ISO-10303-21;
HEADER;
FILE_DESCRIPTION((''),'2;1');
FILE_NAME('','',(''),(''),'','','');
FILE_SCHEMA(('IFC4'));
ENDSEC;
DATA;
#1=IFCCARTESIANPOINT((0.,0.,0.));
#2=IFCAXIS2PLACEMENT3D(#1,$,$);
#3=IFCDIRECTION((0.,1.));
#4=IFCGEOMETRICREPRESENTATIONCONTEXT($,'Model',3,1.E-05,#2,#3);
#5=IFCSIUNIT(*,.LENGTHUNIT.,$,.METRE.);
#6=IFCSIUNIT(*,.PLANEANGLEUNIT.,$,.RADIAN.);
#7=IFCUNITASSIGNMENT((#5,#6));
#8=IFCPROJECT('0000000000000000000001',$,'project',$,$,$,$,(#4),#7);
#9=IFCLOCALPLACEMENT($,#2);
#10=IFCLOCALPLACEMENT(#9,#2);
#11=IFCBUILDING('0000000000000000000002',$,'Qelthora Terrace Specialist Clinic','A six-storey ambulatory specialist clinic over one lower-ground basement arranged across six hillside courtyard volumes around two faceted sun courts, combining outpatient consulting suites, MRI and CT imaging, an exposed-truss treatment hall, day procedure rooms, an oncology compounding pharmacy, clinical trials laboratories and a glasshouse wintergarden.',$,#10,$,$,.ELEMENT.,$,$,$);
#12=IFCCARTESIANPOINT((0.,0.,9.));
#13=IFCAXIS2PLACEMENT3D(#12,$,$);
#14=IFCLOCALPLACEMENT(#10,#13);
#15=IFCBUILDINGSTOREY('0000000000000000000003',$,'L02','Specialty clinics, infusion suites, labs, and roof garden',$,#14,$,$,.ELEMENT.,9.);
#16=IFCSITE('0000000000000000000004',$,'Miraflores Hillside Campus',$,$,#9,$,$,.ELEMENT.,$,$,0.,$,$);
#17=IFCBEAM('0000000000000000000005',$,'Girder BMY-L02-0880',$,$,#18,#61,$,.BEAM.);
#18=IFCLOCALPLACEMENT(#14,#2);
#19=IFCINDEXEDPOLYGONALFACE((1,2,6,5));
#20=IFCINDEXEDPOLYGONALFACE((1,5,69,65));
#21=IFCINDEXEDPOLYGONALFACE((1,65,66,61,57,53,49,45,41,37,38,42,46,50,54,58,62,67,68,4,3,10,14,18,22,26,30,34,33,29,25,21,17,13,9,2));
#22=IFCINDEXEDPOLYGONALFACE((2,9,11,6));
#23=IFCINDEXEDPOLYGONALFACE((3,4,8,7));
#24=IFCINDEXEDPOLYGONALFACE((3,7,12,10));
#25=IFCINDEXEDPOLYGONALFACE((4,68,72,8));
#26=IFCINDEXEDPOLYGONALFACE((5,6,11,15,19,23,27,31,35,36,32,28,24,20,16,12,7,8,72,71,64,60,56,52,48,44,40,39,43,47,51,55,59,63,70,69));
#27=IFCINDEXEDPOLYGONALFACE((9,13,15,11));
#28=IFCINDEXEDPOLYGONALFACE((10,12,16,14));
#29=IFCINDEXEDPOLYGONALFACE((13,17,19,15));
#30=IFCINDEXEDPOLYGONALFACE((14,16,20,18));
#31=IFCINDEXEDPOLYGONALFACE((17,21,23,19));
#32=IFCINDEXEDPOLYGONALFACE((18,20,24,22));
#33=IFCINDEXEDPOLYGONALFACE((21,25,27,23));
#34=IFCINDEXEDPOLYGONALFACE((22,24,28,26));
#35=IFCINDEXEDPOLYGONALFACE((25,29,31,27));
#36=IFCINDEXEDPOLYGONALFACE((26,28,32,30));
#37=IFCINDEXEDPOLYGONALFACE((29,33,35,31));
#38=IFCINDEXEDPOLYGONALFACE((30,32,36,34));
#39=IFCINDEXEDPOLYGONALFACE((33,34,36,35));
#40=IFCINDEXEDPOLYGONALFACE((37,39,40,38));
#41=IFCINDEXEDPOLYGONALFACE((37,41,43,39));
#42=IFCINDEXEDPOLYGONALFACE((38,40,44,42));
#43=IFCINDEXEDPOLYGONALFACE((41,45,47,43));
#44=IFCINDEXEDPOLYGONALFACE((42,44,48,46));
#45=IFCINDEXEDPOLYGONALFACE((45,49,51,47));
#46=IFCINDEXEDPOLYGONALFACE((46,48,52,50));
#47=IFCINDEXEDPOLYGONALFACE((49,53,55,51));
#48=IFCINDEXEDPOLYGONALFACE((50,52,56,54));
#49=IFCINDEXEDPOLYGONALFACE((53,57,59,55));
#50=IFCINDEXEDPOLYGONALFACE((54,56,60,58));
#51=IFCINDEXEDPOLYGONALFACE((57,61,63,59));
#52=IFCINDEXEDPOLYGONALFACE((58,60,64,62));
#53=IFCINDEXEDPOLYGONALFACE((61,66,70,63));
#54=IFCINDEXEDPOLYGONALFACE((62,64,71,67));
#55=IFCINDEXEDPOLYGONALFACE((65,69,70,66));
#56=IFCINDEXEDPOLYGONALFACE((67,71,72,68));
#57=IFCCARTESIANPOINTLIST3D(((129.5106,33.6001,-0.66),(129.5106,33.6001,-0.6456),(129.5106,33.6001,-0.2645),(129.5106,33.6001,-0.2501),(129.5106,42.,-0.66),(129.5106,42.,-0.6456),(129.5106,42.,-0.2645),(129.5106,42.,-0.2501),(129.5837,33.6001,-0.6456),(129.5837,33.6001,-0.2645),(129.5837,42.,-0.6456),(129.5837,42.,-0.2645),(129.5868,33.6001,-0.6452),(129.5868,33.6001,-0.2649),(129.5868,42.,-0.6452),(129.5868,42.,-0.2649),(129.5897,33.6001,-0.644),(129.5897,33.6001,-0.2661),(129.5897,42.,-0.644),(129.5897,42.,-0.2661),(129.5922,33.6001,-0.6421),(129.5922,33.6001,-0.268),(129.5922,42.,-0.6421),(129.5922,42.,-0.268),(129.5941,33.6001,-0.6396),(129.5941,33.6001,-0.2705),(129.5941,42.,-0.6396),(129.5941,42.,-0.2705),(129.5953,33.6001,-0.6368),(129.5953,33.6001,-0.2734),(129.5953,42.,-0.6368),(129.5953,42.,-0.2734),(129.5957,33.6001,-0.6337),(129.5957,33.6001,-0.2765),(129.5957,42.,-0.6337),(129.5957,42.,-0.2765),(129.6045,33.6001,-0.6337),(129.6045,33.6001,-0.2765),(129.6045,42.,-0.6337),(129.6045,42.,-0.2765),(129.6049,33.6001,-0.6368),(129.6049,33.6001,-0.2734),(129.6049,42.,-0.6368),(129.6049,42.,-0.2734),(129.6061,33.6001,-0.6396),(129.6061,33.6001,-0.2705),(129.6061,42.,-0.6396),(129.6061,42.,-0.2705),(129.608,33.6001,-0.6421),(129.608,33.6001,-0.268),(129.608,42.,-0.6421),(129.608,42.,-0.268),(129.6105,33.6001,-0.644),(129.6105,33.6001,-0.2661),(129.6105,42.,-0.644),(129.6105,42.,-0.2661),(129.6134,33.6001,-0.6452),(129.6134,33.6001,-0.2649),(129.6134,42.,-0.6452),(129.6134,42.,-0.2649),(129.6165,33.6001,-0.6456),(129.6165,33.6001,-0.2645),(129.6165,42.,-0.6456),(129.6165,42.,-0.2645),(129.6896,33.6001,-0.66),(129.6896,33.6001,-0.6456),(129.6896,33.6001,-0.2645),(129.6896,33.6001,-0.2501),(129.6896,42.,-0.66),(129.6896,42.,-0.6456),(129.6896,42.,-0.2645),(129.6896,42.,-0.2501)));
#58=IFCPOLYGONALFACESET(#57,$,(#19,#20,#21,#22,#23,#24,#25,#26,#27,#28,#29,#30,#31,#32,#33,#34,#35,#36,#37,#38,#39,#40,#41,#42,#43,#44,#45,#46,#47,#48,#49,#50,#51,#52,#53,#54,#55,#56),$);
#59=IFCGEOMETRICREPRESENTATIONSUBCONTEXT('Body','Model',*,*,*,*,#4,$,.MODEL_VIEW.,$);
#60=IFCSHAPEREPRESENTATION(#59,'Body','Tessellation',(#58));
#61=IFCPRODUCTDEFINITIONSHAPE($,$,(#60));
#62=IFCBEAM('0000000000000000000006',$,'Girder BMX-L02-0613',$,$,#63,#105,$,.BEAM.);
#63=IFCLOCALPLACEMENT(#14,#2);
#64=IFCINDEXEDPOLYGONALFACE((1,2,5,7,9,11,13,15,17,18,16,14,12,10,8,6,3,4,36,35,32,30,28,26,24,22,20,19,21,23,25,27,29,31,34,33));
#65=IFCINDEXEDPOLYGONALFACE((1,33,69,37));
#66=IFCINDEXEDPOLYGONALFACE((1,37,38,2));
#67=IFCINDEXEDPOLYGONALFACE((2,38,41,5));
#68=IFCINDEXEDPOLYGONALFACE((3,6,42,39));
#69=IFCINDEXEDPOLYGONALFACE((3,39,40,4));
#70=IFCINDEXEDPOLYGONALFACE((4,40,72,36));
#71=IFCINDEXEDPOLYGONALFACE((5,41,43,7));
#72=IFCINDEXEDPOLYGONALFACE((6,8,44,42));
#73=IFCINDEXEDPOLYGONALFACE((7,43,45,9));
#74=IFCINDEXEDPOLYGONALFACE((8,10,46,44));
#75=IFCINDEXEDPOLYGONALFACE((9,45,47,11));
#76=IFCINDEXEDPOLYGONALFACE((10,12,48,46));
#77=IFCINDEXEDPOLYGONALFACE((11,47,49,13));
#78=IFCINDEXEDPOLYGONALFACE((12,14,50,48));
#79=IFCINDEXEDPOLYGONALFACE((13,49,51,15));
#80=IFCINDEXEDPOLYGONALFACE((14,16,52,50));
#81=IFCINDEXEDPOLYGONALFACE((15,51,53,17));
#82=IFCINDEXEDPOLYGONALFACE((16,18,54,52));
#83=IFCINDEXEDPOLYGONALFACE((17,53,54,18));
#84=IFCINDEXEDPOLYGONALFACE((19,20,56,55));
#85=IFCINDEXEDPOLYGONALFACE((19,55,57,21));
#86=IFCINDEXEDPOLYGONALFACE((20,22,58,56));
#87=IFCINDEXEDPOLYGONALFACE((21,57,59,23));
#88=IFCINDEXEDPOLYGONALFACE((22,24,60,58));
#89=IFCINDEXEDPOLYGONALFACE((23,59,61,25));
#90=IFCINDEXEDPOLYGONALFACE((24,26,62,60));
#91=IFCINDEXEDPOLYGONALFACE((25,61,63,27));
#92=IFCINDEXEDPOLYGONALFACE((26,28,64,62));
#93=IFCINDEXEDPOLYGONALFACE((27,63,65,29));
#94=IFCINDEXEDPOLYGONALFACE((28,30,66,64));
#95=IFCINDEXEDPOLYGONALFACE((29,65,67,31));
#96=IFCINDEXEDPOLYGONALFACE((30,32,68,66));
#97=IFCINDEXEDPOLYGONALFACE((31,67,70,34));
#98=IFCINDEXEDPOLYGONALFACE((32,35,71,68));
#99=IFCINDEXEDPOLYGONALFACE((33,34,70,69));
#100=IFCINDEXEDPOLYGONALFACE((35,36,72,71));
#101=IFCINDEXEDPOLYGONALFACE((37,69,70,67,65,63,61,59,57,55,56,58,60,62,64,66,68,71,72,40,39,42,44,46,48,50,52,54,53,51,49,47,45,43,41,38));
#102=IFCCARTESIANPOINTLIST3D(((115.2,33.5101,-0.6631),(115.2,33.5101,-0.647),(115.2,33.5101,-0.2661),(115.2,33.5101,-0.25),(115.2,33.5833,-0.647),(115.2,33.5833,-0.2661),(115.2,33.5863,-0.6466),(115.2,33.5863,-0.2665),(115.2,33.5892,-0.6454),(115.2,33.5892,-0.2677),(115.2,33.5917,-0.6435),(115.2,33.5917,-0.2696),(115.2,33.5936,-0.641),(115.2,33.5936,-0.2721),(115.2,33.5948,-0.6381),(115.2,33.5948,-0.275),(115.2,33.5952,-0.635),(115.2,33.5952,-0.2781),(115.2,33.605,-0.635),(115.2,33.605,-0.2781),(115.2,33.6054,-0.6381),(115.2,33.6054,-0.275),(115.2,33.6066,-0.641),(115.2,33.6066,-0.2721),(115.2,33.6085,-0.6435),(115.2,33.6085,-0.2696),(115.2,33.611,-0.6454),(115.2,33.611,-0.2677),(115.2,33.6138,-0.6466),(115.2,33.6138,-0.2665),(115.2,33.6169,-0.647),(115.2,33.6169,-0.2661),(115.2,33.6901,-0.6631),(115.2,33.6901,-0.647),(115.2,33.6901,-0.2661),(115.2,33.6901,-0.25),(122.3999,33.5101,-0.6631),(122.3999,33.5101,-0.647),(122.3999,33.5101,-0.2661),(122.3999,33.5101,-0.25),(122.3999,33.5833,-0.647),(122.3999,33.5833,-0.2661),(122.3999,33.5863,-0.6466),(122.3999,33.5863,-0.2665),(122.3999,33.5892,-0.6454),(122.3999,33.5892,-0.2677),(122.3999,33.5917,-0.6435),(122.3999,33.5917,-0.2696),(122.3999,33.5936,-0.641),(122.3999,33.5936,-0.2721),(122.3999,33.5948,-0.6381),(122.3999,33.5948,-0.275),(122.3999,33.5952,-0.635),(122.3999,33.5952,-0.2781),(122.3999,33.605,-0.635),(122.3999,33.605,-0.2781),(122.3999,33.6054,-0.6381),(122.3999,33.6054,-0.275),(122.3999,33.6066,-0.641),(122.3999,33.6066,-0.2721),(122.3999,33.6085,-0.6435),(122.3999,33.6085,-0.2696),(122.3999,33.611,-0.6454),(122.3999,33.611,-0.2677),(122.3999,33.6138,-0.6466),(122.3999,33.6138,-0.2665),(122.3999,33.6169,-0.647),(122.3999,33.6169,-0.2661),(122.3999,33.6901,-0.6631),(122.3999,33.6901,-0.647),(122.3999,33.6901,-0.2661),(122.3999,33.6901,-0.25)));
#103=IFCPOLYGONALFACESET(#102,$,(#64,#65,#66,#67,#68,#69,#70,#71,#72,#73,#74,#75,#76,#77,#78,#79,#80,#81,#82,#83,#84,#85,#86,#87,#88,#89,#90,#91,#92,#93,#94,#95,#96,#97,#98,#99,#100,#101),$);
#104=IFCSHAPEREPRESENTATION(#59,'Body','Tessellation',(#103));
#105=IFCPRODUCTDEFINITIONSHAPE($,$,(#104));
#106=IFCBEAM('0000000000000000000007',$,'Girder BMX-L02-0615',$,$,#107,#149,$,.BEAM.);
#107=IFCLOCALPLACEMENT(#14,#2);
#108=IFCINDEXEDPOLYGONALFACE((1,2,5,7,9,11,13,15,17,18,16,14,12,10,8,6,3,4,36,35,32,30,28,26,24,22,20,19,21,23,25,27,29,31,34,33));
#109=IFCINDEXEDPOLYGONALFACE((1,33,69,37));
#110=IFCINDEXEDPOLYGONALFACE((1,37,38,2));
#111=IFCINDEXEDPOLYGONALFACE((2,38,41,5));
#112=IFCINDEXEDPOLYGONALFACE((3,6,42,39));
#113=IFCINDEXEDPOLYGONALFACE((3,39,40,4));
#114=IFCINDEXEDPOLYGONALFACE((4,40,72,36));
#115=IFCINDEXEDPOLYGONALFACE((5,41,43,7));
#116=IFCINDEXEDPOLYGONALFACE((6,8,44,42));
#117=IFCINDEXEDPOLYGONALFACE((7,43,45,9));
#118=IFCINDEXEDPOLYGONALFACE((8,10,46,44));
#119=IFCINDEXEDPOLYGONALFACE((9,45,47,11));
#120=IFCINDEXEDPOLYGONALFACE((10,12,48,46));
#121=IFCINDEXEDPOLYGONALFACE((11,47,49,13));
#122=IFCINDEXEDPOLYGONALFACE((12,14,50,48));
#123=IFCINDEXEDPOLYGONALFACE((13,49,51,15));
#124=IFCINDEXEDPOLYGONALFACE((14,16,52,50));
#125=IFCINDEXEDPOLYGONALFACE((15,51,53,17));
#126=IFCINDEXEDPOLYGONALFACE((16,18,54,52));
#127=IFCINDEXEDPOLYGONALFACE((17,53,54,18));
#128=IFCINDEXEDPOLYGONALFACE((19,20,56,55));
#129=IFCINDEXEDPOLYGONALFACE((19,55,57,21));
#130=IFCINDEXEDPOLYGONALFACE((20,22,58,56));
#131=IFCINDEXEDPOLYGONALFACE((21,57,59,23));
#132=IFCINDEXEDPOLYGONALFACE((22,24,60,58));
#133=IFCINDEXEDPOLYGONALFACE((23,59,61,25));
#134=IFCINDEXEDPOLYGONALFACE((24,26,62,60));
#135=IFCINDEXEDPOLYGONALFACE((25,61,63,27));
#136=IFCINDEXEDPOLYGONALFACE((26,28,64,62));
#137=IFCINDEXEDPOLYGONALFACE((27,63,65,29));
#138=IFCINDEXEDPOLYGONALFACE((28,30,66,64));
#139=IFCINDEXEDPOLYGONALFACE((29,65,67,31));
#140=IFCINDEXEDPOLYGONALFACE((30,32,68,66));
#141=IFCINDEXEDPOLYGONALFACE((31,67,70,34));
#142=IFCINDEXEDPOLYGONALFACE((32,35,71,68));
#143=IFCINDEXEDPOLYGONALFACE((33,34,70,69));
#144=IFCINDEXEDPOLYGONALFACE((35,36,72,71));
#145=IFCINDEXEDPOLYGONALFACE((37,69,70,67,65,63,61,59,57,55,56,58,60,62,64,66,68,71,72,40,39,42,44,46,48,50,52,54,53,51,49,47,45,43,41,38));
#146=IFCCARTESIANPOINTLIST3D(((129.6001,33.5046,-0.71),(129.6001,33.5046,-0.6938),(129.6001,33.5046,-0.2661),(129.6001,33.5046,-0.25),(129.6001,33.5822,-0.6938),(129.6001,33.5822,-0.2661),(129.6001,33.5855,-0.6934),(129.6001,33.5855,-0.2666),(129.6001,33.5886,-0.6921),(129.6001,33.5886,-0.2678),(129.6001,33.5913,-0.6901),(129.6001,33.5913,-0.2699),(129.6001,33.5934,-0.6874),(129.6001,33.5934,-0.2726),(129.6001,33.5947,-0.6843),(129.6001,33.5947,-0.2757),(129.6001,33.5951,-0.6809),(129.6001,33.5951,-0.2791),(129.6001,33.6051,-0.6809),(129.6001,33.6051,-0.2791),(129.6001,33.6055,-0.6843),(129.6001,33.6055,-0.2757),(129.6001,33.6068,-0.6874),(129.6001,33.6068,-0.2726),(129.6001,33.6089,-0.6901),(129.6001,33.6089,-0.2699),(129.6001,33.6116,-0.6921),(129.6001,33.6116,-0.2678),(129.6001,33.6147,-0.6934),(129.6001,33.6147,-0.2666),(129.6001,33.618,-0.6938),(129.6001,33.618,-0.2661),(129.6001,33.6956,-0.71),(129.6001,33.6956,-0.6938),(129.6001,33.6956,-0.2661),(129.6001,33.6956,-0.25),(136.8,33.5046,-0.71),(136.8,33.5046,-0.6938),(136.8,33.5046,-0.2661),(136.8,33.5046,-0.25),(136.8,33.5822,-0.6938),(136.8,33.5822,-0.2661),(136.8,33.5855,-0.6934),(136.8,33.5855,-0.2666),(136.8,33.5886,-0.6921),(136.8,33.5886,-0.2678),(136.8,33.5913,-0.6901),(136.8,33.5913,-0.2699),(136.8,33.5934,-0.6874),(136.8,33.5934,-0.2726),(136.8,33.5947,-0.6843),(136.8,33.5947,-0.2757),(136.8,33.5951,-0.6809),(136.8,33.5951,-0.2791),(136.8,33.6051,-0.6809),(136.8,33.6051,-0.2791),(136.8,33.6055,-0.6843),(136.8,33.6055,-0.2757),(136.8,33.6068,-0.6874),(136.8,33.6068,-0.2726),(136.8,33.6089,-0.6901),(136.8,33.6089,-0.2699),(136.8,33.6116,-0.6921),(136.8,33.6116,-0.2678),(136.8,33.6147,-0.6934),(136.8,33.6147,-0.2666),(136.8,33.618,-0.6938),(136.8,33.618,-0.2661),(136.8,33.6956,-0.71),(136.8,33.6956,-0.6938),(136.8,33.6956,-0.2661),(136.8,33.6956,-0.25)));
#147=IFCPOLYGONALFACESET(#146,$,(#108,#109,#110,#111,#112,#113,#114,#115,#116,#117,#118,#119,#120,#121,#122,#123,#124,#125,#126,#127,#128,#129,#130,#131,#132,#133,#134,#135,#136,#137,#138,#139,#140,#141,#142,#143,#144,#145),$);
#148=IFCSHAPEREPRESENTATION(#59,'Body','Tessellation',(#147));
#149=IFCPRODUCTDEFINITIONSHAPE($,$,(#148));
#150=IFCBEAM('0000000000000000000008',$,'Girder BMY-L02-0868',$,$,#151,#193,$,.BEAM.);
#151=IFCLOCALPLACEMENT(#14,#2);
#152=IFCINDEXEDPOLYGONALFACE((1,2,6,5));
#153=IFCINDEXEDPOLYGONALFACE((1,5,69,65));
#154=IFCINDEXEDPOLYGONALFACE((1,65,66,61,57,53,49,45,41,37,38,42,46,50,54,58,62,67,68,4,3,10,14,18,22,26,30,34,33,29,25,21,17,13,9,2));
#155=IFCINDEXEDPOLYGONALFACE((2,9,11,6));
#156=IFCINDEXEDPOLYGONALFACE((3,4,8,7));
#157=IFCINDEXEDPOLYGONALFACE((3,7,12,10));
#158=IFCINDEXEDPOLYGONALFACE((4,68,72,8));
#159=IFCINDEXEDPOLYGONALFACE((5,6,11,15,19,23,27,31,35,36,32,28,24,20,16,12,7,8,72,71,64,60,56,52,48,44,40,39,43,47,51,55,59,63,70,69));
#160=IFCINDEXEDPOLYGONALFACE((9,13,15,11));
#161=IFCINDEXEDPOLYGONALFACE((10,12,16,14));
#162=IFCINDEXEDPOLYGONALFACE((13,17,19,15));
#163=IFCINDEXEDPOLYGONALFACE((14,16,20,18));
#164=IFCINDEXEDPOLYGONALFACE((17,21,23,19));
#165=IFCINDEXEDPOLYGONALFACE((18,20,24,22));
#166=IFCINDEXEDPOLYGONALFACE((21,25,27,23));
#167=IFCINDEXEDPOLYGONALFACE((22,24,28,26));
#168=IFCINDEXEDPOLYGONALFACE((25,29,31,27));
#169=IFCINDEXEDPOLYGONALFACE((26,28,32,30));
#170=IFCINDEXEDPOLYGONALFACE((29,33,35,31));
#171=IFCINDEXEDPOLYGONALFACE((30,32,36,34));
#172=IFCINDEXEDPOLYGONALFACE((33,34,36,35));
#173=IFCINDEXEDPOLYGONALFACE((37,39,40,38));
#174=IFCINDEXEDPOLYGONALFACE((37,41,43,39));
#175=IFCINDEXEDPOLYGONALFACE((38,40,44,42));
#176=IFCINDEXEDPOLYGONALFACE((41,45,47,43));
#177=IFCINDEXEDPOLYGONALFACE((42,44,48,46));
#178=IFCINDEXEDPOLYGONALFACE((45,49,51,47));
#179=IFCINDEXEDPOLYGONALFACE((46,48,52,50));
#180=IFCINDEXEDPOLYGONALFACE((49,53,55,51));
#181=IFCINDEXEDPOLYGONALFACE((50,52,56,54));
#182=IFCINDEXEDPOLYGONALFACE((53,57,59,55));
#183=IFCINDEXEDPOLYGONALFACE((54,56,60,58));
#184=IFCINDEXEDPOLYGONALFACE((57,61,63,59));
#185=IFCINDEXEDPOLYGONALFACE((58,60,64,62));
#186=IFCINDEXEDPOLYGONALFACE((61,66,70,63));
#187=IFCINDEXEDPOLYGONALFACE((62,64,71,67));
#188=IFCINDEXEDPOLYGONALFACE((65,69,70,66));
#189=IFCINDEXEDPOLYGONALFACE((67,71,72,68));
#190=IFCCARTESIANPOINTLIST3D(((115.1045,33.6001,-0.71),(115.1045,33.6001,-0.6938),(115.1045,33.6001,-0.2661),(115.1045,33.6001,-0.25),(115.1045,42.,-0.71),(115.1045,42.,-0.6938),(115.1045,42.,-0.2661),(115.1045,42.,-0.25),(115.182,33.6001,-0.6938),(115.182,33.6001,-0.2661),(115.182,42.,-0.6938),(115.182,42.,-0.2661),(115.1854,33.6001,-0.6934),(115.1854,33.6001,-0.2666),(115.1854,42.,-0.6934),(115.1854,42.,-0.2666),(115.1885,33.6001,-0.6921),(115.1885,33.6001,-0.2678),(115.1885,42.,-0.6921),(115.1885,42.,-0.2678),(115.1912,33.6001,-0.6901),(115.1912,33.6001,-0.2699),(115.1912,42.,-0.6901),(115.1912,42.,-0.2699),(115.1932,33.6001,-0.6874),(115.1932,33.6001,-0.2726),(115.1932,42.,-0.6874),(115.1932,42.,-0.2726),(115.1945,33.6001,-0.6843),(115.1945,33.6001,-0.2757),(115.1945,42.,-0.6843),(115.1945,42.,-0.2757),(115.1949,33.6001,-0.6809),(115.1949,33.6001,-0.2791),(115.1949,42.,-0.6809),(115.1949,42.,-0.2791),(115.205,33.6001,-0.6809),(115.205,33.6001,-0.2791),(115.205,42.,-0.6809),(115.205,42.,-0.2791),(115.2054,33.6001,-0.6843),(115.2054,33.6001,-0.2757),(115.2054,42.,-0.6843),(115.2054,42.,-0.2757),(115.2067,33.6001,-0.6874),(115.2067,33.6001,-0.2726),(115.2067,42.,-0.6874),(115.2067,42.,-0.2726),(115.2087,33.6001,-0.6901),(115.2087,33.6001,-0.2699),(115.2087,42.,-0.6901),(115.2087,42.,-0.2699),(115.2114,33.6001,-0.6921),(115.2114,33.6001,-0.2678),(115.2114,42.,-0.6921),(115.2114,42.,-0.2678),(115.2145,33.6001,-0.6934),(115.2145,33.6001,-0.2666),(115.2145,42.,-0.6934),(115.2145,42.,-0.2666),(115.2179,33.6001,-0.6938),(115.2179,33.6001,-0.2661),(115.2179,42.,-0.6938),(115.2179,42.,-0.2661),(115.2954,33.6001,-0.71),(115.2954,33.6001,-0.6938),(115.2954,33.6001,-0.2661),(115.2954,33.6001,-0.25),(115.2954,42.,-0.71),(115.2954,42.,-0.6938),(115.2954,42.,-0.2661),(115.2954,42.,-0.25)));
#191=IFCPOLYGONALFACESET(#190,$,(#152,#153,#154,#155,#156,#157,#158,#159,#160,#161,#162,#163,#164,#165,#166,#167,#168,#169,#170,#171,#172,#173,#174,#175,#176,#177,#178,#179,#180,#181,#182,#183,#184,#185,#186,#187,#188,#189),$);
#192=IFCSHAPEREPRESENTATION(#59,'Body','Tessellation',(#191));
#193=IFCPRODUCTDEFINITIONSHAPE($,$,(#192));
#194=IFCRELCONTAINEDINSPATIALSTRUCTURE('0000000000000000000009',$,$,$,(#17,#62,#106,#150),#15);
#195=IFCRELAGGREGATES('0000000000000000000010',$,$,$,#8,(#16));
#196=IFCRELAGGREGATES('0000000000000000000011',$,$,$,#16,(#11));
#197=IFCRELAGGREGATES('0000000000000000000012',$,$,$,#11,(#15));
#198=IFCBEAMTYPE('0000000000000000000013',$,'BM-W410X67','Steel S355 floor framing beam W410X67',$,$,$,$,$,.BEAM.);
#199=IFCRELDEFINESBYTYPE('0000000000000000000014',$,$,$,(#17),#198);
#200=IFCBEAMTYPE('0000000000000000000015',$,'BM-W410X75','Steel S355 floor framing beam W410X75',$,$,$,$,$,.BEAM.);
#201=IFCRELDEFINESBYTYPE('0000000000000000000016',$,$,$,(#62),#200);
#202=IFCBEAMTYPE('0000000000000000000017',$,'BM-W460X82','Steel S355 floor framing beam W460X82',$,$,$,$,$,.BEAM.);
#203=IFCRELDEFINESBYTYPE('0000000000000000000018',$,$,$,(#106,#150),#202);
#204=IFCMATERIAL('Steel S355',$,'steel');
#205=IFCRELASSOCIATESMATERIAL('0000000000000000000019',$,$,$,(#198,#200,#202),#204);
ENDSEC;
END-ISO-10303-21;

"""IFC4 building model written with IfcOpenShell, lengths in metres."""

from ifc_helpers import new_model, si_unit, direction, frame, origin, origin_2d, place, context, subcontext, project, spatial, i_section, extrude, material, material_profile, profile_set, type_object, element, save


model = new_model("IFC4")

# Units and contexts
model_context = context("Model", 3, precision=1e-05, world=origin(), true_north=direction((0.0, 1.0)))
body_context = subcontext(model_context, "Body", "Model", "MODEL_VIEW")
ifc_project = project(units=[si_unit("LENGTHUNIT", "METRE"), si_unit("PLANEANGLEUNIT", "RADIAN")], contexts=[model_context])

# Site, building, storey
site_placement = place(None, origin())
site = spatial("IfcSite", under=ifc_project, at=site_placement, Name="Miraflores Hillside Campus", CompositionType="ELEMENT", RefElevation=0.0)
building_placement = place(site_placement, origin())
building = spatial("IfcBuilding", under=site, at=building_placement, Name="Qelthora Terrace Specialist Clinic", Description="A six-storey ambulatory specialist clinic over one lower-ground basement arranged across six hillside courtyard volumes around two faceted sun courts, combining outpatient consulting suites, MRI and CT imaging, an exposed-truss treatment hall, day procedure rooms, an oncology compounding pharmacy, clinical trials laboratories and a glasshouse wintergarden.", CompositionType="ELEMENT")
storey_placement = place(building_placement, frame((0.0, 0.0, 9.0)))
storey = spatial("IfcBuildingStorey", under=building, at=storey_placement, Name="L02", Description="Specialty clinics, infusion suites, labs, and roof garden", CompositionType="ELEMENT", Elevation=9.0)

# Shared definitions
ifc_material_1 = material(Name="Steel S355", Category="steel")

# Beams
ifc_material_profile_1 = material_profile(ifc_material_1, i_section(OverallWidth=0.179, OverallDepth=0.4099, WebThickness=0.0088, FlangeThickness=0.0144, FilletRadius=0.012, at=origin_2d()), Name="W410X67")
ifc_profile_set_1 = profile_set([ifc_material_profile_1], Name="Steel S355")
beam_type_1 = type_object("IfcBeamType", Name="BM-W410X67", Description="Steel S355 floor framing beam W410X67", PredefinedType="BEAM", material=ifc_profile_set_1)
beam_1_placement = place(storey_placement, frame((129.6001, 33.6001, -0.4551), z_axis=(0.0, 1.0, 0.0), x_axis=(-1.0, 0.0, 0.0)))
element("IfcBeam", 1, at=beam_1_placement, inside=storey, type_object=beam_type_1, Name="Girder BMY-L02-0880", PredefinedType="BEAM", context=body_context, shape_type="SweptSolid", body=[
    extrude(i_section(OverallWidth=0.179, OverallDepth=0.4099, WebThickness=0.0088, FlangeThickness=0.0144, FilletRadius=0.012, at=origin_2d()), origin(), (0.0, 0.0, 1.0), 8.3999),
])
ifc_material_profile_2 = material_profile(ifc_material_1, i_section(OverallWidth=0.1799, OverallDepth=0.4131, WebThickness=0.0098, FlangeThickness=0.0161, FilletRadius=0.012, at=origin_2d()), Name="W410X75")
ifc_profile_set_2 = profile_set([ifc_material_profile_2], Name="Steel S355")
beam_type_2 = type_object("IfcBeamType", Name="BM-W410X75", Description="Steel S355 floor framing beam W410X75", PredefinedType="BEAM", material=ifc_profile_set_2)
beam_2_placement = place(storey_placement, frame((115.2, 33.6001, -0.4565), z_axis=(1.0, 0.0, 0.0), x_axis=(0.0, 1.0, 0.0)))
element("IfcBeam", 2, at=beam_2_placement, inside=storey, type_object=beam_type_2, Name="Girder BMX-L02-0613", PredefinedType="BEAM", context=body_context, shape_type="SweptSolid", body=[
    extrude(i_section(OverallWidth=0.1799, OverallDepth=0.4131, WebThickness=0.0098, FlangeThickness=0.0161, FilletRadius=0.012, at=origin_2d()), origin(), (0.0, 0.0, 1.0), 7.2),
])
ifc_material_profile_3 = material_profile(ifc_material_1, i_section(OverallWidth=0.1909, OverallDepth=0.46, WebThickness=0.01, FlangeThickness=0.0161, FilletRadius=0.0129, at=origin_2d()), Name="W460X82")
ifc_profile_set_3 = profile_set([ifc_material_profile_3], Name="Steel S355")
beam_type_3 = type_object("IfcBeamType", Name="BM-W460X82", Description="Steel S355 floor framing beam W460X82", PredefinedType="BEAM", material=ifc_profile_set_3)
beam_3_placement = place(storey_placement, frame((129.6001, 33.6001, -0.48), z_axis=(1.0, 0.0, 0.0), x_axis=(0.0, 1.0, 0.0)))
element("IfcBeam", 3, at=beam_3_placement, inside=storey, type_object=beam_type_3, Name="Girder BMX-L02-0615", PredefinedType="BEAM", context=body_context, shape_type="SweptSolid", body=[
    extrude(i_section(OverallWidth=0.1909, OverallDepth=0.46, WebThickness=0.01, FlangeThickness=0.0161, FilletRadius=0.0129, at=origin_2d()), origin(), (0.0, 0.0, 1.0), 7.2),
])
beam_4_placement = place(storey_placement, frame((115.2, 33.6001, -0.48), z_axis=(0.0, 1.0, 0.0), x_axis=(-1.0, 0.0, 0.0)))
element("IfcBeam", 4, at=beam_4_placement, inside=storey, type_object=beam_type_3, Name="Girder BMY-L02-0868", PredefinedType="BEAM", context=body_context, shape_type="SweptSolid", body=[
    extrude(i_section(OverallWidth=0.1909, OverallDepth=0.46, WebThickness=0.01, FlangeThickness=0.0161, FilletRadius=0.0129, at=origin_2d()), origin(), (0.0, 0.0, 1.0), 8.3999),
])

save(model, "model.ifc")
